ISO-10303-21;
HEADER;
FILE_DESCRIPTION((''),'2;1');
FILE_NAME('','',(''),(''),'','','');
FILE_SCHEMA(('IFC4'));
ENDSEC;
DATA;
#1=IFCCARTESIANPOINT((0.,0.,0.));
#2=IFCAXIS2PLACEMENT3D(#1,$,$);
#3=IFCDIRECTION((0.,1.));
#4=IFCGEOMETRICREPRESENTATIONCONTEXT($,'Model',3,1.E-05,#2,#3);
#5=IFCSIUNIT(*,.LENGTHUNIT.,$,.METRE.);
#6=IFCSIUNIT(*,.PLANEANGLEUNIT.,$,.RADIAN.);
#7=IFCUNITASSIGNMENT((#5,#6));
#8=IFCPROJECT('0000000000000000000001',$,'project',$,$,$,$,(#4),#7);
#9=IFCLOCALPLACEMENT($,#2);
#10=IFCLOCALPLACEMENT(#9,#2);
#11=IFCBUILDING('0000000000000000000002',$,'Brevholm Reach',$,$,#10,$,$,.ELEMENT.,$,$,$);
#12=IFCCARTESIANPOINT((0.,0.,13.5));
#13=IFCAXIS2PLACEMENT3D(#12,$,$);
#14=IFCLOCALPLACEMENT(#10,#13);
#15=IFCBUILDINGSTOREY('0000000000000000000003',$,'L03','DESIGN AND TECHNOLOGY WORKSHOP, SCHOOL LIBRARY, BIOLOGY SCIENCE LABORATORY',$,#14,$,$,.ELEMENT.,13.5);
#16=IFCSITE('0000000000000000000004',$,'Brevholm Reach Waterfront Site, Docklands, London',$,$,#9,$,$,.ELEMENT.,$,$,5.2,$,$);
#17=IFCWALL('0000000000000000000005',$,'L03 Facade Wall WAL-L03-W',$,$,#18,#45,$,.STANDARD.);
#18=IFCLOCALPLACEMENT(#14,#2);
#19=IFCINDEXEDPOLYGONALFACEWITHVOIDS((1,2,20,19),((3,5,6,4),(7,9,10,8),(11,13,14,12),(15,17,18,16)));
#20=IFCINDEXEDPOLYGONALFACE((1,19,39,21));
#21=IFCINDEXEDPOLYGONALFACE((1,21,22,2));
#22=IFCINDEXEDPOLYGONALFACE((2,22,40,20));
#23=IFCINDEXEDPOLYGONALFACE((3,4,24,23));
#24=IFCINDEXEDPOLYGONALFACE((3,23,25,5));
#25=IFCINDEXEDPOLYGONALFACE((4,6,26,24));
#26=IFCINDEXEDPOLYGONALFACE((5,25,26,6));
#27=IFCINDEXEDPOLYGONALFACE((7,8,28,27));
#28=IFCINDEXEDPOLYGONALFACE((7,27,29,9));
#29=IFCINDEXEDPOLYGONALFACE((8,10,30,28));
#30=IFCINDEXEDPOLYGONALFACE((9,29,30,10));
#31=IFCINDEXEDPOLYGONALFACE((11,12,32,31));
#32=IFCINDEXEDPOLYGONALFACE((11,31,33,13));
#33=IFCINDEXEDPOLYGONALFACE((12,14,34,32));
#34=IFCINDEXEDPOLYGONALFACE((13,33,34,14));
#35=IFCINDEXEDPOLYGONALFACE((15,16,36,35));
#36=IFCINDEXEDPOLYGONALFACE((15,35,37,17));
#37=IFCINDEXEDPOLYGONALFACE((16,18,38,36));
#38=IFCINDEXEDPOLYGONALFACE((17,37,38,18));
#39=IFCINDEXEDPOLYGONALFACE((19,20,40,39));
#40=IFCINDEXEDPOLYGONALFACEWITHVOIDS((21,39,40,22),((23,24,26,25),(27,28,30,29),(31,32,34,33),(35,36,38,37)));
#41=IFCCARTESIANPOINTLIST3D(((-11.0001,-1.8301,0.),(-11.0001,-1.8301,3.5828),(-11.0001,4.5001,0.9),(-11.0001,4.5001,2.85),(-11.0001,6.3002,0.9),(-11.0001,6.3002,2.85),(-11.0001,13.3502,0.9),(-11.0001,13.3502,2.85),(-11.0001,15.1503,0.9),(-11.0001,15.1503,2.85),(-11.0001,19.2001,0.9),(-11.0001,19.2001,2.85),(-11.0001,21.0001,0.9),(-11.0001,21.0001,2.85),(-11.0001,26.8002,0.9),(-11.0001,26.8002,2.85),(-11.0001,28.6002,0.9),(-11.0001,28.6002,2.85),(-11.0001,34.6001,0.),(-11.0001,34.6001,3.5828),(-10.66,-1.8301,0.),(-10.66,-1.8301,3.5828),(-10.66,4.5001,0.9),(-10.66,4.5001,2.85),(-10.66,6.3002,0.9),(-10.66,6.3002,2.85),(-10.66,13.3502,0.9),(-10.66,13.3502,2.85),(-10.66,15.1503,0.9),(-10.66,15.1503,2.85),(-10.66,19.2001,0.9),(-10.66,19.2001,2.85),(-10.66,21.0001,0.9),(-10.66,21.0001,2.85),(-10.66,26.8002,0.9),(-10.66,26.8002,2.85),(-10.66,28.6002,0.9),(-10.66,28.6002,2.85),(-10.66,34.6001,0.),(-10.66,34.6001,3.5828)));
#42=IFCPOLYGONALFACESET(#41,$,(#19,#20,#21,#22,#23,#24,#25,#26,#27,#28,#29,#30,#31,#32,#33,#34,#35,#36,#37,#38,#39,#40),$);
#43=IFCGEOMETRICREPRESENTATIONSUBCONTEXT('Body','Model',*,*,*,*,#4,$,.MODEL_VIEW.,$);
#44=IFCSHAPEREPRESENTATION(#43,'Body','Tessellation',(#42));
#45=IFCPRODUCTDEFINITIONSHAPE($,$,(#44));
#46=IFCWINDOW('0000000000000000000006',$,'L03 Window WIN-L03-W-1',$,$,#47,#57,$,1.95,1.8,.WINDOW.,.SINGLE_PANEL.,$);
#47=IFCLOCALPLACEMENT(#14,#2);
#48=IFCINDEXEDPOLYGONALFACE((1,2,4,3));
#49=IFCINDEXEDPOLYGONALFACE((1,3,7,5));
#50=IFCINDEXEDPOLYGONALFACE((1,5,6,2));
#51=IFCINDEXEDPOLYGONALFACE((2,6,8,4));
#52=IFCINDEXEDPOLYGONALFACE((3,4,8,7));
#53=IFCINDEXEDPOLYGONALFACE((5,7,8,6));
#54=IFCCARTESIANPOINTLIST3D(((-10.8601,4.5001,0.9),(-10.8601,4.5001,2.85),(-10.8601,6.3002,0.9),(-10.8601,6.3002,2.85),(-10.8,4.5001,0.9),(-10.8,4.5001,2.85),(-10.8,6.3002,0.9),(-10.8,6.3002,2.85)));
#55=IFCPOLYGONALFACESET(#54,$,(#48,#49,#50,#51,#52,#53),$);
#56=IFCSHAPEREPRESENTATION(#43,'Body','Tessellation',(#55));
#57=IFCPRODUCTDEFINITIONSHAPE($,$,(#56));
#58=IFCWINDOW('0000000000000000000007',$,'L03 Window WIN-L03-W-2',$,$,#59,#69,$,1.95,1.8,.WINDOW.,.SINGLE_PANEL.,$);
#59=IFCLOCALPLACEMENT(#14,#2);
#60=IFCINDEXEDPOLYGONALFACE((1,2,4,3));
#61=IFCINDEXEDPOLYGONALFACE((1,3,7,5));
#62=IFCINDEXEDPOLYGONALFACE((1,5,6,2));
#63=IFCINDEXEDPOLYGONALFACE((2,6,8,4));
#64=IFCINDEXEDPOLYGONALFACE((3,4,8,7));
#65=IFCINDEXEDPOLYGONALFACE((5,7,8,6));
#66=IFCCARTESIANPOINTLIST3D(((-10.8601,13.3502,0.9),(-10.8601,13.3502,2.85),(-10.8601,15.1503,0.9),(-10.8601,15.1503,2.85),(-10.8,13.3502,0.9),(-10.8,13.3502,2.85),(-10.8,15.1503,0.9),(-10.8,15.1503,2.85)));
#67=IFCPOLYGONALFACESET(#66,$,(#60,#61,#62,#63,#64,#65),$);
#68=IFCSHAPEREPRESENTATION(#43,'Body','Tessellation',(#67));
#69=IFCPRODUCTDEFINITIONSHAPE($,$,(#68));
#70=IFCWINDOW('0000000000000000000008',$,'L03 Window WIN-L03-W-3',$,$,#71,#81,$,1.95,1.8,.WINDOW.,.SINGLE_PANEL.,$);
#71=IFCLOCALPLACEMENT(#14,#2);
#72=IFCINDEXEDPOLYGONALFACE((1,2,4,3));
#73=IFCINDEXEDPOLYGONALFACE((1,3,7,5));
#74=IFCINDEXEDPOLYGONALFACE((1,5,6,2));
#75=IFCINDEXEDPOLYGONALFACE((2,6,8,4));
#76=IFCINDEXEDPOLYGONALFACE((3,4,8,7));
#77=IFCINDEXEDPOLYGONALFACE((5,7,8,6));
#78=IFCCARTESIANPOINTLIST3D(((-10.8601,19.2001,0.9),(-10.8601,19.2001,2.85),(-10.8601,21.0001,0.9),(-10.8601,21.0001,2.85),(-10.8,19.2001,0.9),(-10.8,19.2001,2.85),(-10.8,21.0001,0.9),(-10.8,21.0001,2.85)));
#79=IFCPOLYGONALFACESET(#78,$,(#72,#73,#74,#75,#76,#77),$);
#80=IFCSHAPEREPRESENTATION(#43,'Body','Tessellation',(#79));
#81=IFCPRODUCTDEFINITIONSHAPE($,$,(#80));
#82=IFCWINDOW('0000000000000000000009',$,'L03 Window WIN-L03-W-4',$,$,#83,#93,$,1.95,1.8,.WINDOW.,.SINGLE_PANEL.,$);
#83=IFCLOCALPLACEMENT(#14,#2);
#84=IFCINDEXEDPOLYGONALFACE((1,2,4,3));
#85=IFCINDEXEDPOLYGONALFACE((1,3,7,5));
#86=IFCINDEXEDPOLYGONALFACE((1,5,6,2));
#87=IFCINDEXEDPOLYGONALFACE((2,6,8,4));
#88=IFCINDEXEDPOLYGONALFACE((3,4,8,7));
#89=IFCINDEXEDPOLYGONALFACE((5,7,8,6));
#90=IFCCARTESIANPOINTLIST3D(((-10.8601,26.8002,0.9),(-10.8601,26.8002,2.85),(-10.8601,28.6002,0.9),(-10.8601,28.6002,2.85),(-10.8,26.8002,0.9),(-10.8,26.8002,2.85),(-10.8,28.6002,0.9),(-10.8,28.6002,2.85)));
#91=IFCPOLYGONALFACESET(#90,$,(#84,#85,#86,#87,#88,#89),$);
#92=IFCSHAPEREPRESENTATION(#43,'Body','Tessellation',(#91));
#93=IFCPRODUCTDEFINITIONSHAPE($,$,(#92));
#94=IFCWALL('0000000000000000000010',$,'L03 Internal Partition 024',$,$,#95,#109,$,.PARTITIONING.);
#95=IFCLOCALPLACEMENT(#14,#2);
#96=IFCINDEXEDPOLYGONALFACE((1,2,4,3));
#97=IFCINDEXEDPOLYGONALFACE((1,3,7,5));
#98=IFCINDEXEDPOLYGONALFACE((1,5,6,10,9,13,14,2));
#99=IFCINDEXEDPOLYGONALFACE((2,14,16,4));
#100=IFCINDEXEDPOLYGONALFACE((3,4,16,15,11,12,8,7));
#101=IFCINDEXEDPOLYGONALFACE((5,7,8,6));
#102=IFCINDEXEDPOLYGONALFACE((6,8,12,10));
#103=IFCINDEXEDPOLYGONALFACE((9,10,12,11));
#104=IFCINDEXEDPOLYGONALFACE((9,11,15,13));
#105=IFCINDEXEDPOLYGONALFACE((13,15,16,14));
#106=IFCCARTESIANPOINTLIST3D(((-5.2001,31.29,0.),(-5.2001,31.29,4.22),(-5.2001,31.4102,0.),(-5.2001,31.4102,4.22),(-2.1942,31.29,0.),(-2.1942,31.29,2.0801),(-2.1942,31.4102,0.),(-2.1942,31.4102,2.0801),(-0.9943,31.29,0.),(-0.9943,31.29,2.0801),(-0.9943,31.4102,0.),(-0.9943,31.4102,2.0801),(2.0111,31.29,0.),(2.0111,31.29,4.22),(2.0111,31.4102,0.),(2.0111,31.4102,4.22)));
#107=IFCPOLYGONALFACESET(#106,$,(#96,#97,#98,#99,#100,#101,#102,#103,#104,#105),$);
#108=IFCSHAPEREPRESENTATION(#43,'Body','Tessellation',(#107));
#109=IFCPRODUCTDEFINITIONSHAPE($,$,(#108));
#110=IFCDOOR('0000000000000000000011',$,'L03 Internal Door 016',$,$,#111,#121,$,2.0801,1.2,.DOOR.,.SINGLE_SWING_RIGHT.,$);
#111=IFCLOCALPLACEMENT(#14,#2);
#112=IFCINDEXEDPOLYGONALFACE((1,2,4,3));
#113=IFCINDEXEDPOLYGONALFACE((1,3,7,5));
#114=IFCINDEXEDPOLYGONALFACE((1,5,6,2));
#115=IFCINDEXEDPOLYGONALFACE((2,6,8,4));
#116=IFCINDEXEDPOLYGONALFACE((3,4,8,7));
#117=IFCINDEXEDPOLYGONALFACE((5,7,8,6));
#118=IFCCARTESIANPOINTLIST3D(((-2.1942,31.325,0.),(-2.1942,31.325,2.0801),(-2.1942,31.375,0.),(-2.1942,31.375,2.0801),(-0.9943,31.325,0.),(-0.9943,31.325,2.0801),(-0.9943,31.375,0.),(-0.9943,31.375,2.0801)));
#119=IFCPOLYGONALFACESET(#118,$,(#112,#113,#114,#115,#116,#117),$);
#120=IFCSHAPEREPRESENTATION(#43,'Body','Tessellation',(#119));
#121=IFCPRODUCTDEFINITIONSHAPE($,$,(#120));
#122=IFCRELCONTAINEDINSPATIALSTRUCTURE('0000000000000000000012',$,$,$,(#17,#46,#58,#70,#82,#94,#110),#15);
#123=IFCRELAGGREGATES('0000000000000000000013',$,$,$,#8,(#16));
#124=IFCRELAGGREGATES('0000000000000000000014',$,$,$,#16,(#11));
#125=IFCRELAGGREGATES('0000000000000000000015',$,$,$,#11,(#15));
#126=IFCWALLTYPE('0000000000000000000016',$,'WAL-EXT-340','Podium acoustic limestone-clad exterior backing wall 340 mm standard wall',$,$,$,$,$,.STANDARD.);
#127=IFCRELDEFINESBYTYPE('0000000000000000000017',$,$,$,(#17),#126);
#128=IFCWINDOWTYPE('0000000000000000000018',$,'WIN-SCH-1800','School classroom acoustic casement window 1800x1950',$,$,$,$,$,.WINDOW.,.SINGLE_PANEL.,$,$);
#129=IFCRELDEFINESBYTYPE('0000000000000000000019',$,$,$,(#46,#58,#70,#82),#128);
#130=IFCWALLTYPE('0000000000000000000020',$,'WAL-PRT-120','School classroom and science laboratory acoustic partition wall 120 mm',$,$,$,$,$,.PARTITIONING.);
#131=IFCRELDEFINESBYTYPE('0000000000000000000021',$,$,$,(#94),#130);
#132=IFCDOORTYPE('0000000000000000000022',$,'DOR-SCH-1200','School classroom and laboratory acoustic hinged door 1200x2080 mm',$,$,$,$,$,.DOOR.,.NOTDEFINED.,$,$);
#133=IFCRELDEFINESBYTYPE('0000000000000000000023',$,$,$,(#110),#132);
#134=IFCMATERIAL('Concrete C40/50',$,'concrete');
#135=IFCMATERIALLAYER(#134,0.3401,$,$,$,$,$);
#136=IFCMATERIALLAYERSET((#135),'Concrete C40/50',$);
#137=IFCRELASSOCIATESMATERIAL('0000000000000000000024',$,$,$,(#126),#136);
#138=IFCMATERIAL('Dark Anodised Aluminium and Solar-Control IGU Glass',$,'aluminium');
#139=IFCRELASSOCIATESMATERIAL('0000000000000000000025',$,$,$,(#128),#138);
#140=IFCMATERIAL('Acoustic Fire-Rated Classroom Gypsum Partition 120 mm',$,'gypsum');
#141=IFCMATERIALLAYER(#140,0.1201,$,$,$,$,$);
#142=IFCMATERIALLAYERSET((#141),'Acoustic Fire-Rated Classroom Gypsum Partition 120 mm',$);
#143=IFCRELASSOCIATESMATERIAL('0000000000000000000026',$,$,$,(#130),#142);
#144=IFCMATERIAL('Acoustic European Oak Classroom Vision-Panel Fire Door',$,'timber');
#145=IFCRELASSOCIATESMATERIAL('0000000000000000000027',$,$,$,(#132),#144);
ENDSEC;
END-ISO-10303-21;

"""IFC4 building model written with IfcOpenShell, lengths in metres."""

from ifc_helpers import new_model, si_unit, direction, frame, frame_2d, origin, place, context, subcontext, project, spatial, rectangle, extrude, material, layer, layer_set, type_object, element, fill, save


model = new_model("IFC4")

# Units and contexts
model_context = context("Model", 3, precision=1e-05, world=origin(), true_north=direction((0.0, 1.0)))
body_context = subcontext(model_context, "Body", "Model", "MODEL_VIEW")
ifc_project = project(units=[si_unit("LENGTHUNIT", "METRE"), si_unit("PLANEANGLEUNIT", "RADIAN")], contexts=[model_context])

# Site, building, storey
site_placement = place(None, origin())
site = spatial("IfcSite", under=ifc_project, at=site_placement, Name="Brevholm Reach Waterfront Site, Docklands, London", CompositionType="ELEMENT", RefElevation=5.2)
building_placement = place(site_placement, origin())
building = spatial("IfcBuilding", under=site, at=building_placement, Name="Brevholm Reach", CompositionType="ELEMENT")
storey_placement = place(building_placement, frame((0.0, 0.0, 13.5)))
storey = spatial("IfcBuildingStorey", under=building, at=storey_placement, Name="L03", Description="DESIGN AND TECHNOLOGY WORKSHOP, SCHOOL LIBRARY, BIOLOGY SCIENCE LABORATORY", CompositionType="ELEMENT", Elevation=13.5)

# Wall, openings, windows
ifc_material_1 = material(Name="Concrete C40/50", Category="concrete")
ifc_layer_1 = layer(ifc_material_1, 0.3401)
ifc_layer_set_1 = layer_set([ifc_layer_1], Name="Concrete C40/50")
wall_type_1 = type_object("IfcWallType", Name="WAL-EXT-340", Description="Podium acoustic limestone-clad exterior backing wall 340 mm standard wall", PredefinedType="STANDARD", material=ifc_layer_set_1)
wall_1_placement = place(storey_placement, frame((-10.8301, 34.6001, 0.0), z_axis=(0.0, 0.0, 1.0), x_axis=(0.0, -1.0, 0.0)))
wall_1 = element("IfcWall", 1, at=wall_1_placement, inside=storey, type_object=wall_type_1, Name="L03 Facade Wall WAL-L03-W", PredefinedType="STANDARD", context=body_context, shape_type="SweptSolid", body=[
    extrude(rectangle(XDim=36.4302, YDim=0.3401, at=frame_2d((18.2151, 0.0))), origin(), (0.0, 0.0, 1.0), 3.5828),
])
opening_1_placement = place(wall_1_placement, frame((28.3, 0.0, 0.8999)))
opening_1 = element("IfcOpeningElement", 2, at=opening_1_placement, cuts=wall_1, PredefinedType="OPENING", context=body_context, shape_type="SweptSolid", body=[
    extrude(rectangle(XDim=1.8, YDim=1.95, at=frame_2d((0.8999, 0.9751))), frame((0.0, 0.1799, 0.0), z_axis=(0.0, -1.0, 0.0), x_axis=(1.0, 0.0, 0.0)), (0.0, 0.0, 1.0), 0.3601),
])
opening_2_placement = place(wall_1_placement, frame((19.45, 0.0, 0.8999)))
opening_2 = element("IfcOpeningElement", 3, at=opening_2_placement, cuts=wall_1, PredefinedType="OPENING", context=body_context, shape_type="SweptSolid", body=[
    extrude(rectangle(XDim=1.8, YDim=1.95, at=frame_2d((0.8999, 0.9751))), frame((0.0, 0.1799, 0.0), z_axis=(0.0, -1.0, 0.0), x_axis=(1.0, 0.0, 0.0)), (0.0, 0.0, 1.0), 0.3601),
])
opening_3_placement = place(wall_1_placement, frame((13.6001, 0.0, 0.8999)))
opening_3 = element("IfcOpeningElement", 4, at=opening_3_placement, cuts=wall_1, PredefinedType="OPENING", context=body_context, shape_type="SweptSolid", body=[
    extrude(rectangle(XDim=1.8, YDim=1.95, at=frame_2d((0.8999, 0.9751))), frame((0.0, 0.1799, 0.0), z_axis=(0.0, -1.0, 0.0), x_axis=(1.0, 0.0, 0.0)), (0.0, 0.0, 1.0), 0.3601),
])
opening_4_placement = place(wall_1_placement, frame((6.0, 0.0, 0.8999)))
opening_4 = element("IfcOpeningElement", 5, at=opening_4_placement, cuts=wall_1, PredefinedType="OPENING", context=body_context, shape_type="SweptSolid", body=[
    extrude(rectangle(XDim=1.8, YDim=1.95, at=frame_2d((0.8999, 0.9751))), frame((0.0, 0.1799, 0.0), z_axis=(0.0, -1.0, 0.0), x_axis=(1.0, 0.0, 0.0)), (0.0, 0.0, 1.0), 0.3601),
])
ifc_material_2 = material(Name="Dark Anodised Aluminium and Solar-Control IGU Glass", Category="aluminium")
window_type = type_object("IfcWindowType", Name="WIN-SCH-1800", Description="School classroom acoustic casement window 1800x1950", PartitioningType="SINGLE_PANEL", PredefinedType="WINDOW", material=ifc_material_2)
window_1_placement = place(opening_1_placement, origin())
window_1 = element("IfcWindow", 6, at=window_1_placement, inside=storey, type_object=window_type, Name="L03 Window WIN-L03-W-1", OverallHeight=1.95, OverallWidth=1.8, PartitioningType="SINGLE_PANEL", PredefinedType="WINDOW", context=body_context, shape_type="SweptSolid", body=[
    extrude(rectangle(XDim=1.8, YDim=1.95, at=frame_2d((0.8999, 0.9751))), frame((0.0, 0.03, 0.0), z_axis=(0.0, -1.0, 0.0), x_axis=(1.0, 0.0, 0.0)), (0.0, 0.0, 1.0), 0.0601),
])
fill(opening_1, window_1)
window_2_placement = place(opening_2_placement, origin())
window_2 = element("IfcWindow", 7, at=window_2_placement, inside=storey, type_object=window_type, Name="L03 Window WIN-L03-W-2", OverallHeight=1.95, OverallWidth=1.8, PartitioningType="SINGLE_PANEL", PredefinedType="WINDOW", context=body_context, shape_type="SweptSolid", body=[
    extrude(rectangle(XDim=1.8, YDim=1.95, at=frame_2d((0.8999, 0.9751))), frame((0.0, 0.03, 0.0), z_axis=(0.0, -1.0, 0.0), x_axis=(1.0, 0.0, 0.0)), (0.0, 0.0, 1.0), 0.0601),
])
fill(opening_2, window_2)
window_3_placement = place(opening_3_placement, origin())
window_3 = element("IfcWindow", 8, at=window_3_placement, inside=storey, type_object=window_type, Name="L03 Window WIN-L03-W-3", OverallHeight=1.95, OverallWidth=1.8, PartitioningType="SINGLE_PANEL", PredefinedType="WINDOW", context=body_context, shape_type="SweptSolid", body=[
    extrude(rectangle(XDim=1.8, YDim=1.95, at=frame_2d((0.8999, 0.9751))), frame((0.0, 0.03, 0.0), z_axis=(0.0, -1.0, 0.0), x_axis=(1.0, 0.0, 0.0)), (0.0, 0.0, 1.0), 0.0601),
])
fill(opening_3, window_3)
window_4_placement = place(opening_4_placement, origin())
window_4 = element("IfcWindow", 9, at=window_4_placement, inside=storey, type_object=window_type, Name="L03 Window WIN-L03-W-4", OverallHeight=1.95, OverallWidth=1.8, PartitioningType="SINGLE_PANEL", PredefinedType="WINDOW", context=body_context, shape_type="SweptSolid", body=[
    extrude(rectangle(XDim=1.8, YDim=1.95, at=frame_2d((0.8999, 0.9751))), frame((0.0, 0.03, 0.0), z_axis=(0.0, -1.0, 0.0), x_axis=(1.0, 0.0, 0.0)), (0.0, 0.0, 1.0), 0.0601),
])
fill(opening_4, window_4)

# Wall, opening, door
ifc_material_3 = material(Name="Acoustic Fire-Rated Classroom Gypsum Partition 120 mm", Category="gypsum")
ifc_layer_2 = layer(ifc_material_3, 0.1201)
ifc_layer_set_2 = layer_set([ifc_layer_2], Name="Acoustic Fire-Rated Classroom Gypsum Partition 120 mm")
wall_type_2 = type_object("IfcWallType", Name="WAL-PRT-120", Description="School classroom and science laboratory acoustic partition wall 120 mm", PredefinedType="PARTITIONING", material=ifc_layer_set_2)
wall_2_placement = place(storey_placement, frame((-5.2, 31.3501, 0.0), z_axis=(0.0, 0.0, 1.0), x_axis=(1.0, 0.0, 0.0)))
wall_2 = element("IfcWall", 10, at=wall_2_placement, inside=storey, type_object=wall_type_2, Name="L03 Internal Partition 024", PredefinedType="PARTITIONING", context=body_context, shape_type="SweptSolid", body=[
    extrude(rectangle(XDim=7.2112, YDim=0.1201, at=frame_2d((3.6055, 0.0))), origin(), (0.0, 0.0, 1.0), 4.22),
])
opening_5_placement = place(wall_2_placement, frame((3.0056, 0.0, 0.0)))
opening_5 = element("IfcOpeningElement", 11, at=opening_5_placement, cuts=wall_2, PredefinedType="OPENING", context=body_context, shape_type="SweptSolid", body=[
    extrude(rectangle(XDim=1.2, YDim=2.0801, at=frame_2d((0.6001, 1.04))), frame((0.0, 0.0701, 0.0), z_axis=(0.0, -1.0, 0.0), x_axis=(1.0, 0.0, 0.0)), (0.0, 0.0, 1.0), 0.1401),
])
ifc_material_4 = material(Name="Acoustic European Oak Classroom Vision-Panel Fire Door", Category="timber")
door_type = type_object("IfcDoorType", Name="DOR-SCH-1200", Description="School classroom and laboratory acoustic hinged door 1200x2080 mm", OperationType="NOTDEFINED", PredefinedType="DOOR", material=ifc_material_4)
door_placement = place(opening_5_placement, origin())
door = element("IfcDoor", 12, at=door_placement, inside=storey, type_object=door_type, Name="L03 Internal Door 016", OperationType="SINGLE_SWING_RIGHT", OverallHeight=2.0801, OverallWidth=1.2, PredefinedType="DOOR", context=body_context, shape_type="SweptSolid", body=[
    extrude(rectangle(XDim=1.2, YDim=2.0801, at=frame_2d((0.6001, 1.04))), frame((0.0, 0.0249, 0.0), z_axis=(0.0, -1.0, 0.0), x_axis=(1.0, 0.0, 0.0)), (0.0, 0.0, 1.0), 0.05),
])
fill(opening_5, door)

save(model, "model.ifc")
